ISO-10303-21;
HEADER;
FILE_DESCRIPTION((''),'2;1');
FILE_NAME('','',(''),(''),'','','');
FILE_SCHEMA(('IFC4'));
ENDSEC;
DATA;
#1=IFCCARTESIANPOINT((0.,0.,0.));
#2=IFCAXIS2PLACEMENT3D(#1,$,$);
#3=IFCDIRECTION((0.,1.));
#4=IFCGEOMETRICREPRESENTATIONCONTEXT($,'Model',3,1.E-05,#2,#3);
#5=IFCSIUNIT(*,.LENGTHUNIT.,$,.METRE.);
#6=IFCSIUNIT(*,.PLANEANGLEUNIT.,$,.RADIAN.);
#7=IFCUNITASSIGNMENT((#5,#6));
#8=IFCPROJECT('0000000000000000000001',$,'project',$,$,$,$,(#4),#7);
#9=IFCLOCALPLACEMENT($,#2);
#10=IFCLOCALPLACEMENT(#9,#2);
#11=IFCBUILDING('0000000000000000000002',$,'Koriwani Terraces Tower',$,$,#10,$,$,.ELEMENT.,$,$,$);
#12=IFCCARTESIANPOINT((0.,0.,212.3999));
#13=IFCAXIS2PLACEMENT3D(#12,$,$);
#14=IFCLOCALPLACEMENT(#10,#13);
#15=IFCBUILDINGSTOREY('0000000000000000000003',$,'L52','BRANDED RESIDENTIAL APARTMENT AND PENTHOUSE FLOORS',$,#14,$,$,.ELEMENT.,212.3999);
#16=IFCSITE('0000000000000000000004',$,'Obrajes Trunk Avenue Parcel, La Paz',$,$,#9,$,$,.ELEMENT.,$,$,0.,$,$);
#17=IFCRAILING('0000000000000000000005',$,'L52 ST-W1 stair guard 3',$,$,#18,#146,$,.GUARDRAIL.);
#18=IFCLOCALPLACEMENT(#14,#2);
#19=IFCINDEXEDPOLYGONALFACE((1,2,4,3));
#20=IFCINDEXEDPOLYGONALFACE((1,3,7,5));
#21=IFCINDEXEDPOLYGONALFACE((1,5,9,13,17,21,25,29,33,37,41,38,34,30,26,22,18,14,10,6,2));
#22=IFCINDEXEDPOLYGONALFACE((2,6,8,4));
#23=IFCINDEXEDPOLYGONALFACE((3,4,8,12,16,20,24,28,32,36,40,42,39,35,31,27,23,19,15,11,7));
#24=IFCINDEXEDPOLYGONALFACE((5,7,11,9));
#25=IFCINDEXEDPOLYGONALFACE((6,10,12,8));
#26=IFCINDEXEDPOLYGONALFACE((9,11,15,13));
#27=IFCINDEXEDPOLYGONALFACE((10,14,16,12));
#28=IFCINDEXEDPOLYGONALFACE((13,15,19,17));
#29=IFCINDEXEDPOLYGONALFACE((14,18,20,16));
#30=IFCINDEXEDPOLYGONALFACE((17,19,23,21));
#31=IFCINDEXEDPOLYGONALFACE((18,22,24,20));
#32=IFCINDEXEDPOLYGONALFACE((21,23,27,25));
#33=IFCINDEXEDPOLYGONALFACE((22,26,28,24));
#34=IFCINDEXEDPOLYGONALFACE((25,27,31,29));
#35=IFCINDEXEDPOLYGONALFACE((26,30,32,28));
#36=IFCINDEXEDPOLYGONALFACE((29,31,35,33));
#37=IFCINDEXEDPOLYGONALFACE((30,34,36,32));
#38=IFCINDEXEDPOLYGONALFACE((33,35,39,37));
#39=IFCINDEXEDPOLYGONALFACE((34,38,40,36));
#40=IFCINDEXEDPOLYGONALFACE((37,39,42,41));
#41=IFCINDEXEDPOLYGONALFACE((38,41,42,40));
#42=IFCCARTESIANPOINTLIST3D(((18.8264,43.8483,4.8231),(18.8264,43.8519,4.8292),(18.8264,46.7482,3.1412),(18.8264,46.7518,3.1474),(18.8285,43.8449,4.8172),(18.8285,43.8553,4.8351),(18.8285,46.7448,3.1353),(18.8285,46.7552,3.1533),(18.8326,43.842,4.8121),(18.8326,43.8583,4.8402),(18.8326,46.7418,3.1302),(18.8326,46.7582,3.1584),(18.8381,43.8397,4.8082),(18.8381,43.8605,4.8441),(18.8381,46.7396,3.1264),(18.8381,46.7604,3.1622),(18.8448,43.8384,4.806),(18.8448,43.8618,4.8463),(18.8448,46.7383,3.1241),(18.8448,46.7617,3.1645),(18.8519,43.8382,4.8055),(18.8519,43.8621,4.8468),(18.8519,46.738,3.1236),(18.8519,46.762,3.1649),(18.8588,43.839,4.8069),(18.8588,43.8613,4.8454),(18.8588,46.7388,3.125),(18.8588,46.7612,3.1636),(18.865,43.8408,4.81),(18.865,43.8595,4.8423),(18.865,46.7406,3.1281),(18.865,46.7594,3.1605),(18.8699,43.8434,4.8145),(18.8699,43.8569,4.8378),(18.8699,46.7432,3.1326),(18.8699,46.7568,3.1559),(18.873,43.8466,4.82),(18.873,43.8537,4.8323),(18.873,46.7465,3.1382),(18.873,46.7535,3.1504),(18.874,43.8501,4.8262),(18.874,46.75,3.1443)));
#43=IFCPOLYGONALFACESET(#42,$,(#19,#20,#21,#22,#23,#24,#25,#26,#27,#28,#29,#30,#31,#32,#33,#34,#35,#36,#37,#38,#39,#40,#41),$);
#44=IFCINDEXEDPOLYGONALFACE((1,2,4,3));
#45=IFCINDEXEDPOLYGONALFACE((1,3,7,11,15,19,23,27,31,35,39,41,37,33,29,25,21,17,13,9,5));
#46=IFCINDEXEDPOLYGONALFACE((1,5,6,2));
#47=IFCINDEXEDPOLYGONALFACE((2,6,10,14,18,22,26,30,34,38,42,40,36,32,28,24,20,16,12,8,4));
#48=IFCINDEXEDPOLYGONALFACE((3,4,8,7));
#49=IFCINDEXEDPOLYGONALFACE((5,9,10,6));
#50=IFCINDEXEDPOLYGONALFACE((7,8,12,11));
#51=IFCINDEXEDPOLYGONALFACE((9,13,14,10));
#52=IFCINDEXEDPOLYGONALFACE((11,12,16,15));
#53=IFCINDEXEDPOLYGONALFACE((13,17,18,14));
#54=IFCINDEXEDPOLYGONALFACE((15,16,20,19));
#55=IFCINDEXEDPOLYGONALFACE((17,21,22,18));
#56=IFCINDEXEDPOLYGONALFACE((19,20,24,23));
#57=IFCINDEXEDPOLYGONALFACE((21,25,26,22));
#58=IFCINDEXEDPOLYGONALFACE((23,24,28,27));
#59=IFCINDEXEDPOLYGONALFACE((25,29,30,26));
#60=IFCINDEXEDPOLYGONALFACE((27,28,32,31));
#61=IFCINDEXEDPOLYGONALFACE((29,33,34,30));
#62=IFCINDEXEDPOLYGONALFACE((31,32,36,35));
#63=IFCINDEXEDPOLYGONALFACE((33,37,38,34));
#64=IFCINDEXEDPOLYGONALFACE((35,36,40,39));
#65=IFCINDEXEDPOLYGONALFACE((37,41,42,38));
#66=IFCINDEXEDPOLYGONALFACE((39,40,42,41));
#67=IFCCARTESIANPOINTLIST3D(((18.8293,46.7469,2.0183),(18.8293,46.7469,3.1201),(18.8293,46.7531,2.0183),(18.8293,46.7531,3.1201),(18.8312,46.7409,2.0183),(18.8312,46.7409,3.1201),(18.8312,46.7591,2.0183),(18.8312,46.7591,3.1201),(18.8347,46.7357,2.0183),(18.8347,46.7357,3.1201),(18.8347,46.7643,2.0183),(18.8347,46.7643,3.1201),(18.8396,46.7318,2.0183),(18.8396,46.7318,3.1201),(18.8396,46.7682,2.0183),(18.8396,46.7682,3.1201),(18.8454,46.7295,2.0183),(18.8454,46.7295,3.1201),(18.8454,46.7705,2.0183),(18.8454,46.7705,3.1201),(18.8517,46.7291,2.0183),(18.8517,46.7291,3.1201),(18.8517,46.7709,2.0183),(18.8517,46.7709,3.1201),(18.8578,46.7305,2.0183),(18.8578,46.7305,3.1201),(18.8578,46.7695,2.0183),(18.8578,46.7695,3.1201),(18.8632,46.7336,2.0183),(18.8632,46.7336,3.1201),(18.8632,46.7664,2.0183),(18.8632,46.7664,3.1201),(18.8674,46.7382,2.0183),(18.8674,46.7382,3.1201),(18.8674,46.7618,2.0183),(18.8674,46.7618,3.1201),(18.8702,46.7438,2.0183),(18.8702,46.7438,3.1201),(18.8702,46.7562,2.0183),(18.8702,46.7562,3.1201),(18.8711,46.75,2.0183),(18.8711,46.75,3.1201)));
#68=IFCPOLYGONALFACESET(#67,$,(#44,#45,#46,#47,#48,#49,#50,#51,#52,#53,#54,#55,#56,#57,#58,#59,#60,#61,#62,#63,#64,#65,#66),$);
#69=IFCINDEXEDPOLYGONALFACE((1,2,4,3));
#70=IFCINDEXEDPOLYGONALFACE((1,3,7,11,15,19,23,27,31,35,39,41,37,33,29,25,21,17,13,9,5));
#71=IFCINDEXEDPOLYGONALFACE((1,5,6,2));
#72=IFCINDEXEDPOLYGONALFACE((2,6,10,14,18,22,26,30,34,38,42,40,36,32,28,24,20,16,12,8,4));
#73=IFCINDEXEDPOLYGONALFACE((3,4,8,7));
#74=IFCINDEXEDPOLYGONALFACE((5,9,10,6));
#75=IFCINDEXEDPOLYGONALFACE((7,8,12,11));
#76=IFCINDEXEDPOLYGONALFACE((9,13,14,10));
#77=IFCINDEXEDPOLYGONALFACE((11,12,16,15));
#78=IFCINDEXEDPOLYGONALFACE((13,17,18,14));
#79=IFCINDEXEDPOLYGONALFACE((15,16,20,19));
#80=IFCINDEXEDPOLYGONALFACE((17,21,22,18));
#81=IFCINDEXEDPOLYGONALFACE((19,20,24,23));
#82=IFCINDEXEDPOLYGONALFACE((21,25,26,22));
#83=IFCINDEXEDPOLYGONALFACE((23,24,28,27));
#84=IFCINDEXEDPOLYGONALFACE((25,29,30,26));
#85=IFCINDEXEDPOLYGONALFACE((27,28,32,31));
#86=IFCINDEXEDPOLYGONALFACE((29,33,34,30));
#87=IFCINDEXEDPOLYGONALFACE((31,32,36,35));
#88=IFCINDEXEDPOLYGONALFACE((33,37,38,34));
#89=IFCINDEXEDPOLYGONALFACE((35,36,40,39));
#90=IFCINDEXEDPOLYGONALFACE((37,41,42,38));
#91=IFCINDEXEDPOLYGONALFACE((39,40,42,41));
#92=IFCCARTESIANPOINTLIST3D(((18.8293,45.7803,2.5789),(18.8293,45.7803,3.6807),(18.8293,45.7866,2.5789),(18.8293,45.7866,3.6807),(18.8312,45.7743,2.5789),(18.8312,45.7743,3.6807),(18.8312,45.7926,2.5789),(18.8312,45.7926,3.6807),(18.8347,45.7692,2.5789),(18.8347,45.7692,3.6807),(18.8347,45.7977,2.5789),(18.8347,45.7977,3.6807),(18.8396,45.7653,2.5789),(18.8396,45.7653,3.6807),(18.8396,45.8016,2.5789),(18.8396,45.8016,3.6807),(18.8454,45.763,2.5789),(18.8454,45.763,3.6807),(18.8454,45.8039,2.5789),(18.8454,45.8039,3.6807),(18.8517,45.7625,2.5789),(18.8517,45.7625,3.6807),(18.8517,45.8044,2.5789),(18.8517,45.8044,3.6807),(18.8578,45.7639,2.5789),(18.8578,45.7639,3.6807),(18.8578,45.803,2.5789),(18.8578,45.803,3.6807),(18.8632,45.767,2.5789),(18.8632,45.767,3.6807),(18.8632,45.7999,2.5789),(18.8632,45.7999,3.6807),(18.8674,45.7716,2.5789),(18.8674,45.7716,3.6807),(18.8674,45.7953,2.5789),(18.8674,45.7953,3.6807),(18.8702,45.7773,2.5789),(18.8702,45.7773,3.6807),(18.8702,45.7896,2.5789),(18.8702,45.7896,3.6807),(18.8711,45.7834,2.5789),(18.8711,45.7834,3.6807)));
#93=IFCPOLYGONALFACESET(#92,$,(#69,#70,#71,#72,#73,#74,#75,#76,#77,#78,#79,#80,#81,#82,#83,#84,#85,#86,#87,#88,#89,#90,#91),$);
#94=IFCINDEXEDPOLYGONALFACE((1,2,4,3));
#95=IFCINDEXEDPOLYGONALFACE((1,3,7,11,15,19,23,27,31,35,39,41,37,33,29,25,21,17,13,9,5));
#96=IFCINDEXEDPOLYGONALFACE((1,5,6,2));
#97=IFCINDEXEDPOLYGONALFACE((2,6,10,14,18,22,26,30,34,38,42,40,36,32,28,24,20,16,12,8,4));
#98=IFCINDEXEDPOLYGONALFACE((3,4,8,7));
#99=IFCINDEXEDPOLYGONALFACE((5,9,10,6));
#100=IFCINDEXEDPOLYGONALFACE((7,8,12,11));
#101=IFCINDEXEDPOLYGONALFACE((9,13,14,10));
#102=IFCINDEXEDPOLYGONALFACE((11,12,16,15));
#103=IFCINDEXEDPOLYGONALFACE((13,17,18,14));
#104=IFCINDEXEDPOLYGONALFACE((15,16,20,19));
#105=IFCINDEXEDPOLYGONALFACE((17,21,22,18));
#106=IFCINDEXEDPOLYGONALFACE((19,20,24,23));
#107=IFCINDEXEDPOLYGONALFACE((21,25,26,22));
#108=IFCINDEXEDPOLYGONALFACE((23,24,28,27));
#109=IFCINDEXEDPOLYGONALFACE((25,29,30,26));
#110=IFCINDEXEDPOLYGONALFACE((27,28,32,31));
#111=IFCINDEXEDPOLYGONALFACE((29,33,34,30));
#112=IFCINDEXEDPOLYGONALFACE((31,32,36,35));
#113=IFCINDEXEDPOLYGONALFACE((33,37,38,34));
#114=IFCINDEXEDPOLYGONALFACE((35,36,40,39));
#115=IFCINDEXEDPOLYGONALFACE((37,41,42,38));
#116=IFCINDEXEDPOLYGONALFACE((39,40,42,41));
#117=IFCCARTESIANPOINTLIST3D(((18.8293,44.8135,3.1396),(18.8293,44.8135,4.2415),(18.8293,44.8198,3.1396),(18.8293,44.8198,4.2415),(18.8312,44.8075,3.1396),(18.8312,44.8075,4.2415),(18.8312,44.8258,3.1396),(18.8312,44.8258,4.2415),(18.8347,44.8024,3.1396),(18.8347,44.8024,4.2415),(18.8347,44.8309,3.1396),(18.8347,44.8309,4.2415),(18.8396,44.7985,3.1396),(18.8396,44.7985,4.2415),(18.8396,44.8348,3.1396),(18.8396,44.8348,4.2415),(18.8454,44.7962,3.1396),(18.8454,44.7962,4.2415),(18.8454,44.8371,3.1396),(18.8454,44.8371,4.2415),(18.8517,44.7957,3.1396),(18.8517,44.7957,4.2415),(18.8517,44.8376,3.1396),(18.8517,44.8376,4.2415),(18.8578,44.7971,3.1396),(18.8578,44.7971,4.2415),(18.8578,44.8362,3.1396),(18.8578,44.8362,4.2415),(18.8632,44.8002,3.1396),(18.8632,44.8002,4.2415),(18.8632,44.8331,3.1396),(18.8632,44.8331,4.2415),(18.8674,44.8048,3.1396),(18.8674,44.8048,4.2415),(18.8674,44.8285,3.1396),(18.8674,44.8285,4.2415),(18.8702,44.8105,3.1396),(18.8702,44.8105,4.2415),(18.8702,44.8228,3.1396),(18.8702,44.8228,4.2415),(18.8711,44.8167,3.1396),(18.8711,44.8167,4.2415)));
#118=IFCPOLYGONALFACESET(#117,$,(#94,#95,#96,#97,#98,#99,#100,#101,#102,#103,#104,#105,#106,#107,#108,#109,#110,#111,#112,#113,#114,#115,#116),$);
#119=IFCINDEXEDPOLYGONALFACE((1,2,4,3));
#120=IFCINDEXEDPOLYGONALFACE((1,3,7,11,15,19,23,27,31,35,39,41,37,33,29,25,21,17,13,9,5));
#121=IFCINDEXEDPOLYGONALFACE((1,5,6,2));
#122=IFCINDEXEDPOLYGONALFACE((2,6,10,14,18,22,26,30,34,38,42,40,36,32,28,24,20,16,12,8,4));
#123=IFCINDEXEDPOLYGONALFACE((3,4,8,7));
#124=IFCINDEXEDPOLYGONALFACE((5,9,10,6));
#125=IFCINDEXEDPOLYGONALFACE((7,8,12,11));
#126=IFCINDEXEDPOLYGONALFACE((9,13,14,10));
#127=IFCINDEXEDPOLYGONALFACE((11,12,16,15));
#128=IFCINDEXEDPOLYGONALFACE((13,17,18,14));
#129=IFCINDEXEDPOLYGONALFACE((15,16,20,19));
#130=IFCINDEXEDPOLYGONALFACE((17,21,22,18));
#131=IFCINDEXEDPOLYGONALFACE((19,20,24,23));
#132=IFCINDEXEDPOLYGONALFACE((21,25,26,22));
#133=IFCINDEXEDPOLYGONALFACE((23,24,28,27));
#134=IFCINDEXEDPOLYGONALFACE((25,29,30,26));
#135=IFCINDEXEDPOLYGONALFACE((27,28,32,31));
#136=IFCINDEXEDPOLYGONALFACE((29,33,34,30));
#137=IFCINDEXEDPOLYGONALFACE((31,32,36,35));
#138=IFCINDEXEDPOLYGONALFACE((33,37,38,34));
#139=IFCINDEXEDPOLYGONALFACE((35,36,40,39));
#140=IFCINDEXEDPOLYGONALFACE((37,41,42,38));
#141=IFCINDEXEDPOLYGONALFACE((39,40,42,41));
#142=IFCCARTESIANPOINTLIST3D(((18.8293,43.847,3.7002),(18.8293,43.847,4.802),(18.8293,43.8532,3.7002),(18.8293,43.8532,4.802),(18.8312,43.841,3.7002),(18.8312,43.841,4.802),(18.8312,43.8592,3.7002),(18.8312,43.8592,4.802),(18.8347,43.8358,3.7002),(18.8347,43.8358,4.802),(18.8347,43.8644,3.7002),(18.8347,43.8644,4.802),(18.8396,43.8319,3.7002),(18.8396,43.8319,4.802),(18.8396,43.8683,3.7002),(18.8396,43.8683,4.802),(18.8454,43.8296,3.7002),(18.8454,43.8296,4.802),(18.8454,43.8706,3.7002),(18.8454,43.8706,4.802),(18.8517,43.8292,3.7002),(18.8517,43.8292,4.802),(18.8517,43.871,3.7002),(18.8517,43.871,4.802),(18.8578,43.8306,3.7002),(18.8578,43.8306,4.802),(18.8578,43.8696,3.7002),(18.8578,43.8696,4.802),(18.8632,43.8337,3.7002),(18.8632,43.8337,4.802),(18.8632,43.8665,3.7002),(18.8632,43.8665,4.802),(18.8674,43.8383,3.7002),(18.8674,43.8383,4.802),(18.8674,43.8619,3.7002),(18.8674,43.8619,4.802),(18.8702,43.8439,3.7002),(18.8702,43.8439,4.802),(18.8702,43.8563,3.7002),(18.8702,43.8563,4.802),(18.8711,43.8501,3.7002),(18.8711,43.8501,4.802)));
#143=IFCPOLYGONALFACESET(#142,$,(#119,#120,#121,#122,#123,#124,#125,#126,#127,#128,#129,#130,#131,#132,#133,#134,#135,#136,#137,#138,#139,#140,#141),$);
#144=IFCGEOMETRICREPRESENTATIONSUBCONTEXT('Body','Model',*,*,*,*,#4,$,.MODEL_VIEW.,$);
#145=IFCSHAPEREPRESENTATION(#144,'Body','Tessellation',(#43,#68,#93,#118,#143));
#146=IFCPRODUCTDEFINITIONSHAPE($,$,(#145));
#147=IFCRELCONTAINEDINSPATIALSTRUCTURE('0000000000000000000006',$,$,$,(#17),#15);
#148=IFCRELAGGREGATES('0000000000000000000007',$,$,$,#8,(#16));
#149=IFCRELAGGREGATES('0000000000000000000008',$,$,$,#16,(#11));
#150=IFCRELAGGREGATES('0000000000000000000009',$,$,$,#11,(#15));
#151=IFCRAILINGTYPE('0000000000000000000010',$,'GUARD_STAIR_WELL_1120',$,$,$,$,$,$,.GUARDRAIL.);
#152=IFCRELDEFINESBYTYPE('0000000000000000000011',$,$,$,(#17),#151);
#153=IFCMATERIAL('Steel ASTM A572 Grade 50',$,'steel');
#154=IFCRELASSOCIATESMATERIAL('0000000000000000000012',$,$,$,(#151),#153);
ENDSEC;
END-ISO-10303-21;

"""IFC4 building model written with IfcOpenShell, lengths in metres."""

from ifc_helpers import new_model, si_unit, direction, frame, origin, origin_2d, place, context, subcontext, project, spatial, circle, extrude, material, type_object, element, save


model = new_model("IFC4")

# Units and contexts
model_context = context("Model", 3, precision=1e-05, world=origin(), true_north=direction((0.0, 1.0)))
body_context = subcontext(model_context, "Body", "Model", "MODEL_VIEW")
ifc_project = project(units=[si_unit("LENGTHUNIT", "METRE"), si_unit("PLANEANGLEUNIT", "RADIAN")], contexts=[model_context])

# Site, building, storey
site_placement = place(None, origin())
site = spatial("IfcSite", under=ifc_project, at=site_placement, Name="Obrajes Trunk Avenue Parcel, La Paz", CompositionType="ELEMENT", RefElevation=0.0)
building_placement = place(site_placement, origin())
building = spatial("IfcBuilding", under=site, at=building_placement, Name="Koriwani Terraces Tower", CompositionType="ELEMENT")
storey_placement = place(building_placement, frame((0.0, 0.0, 212.3999)))
storey = spatial("IfcBuildingStorey", under=building, at=storey_placement, Name="L52", Description="BRANDED RESIDENTIAL APARTMENT AND PENTHOUSE FLOORS", CompositionType="ELEMENT", Elevation=212.3999)

# Shared definitions
ifc_material_1 = material(Name="Steel ASTM A572 Grade 50", Category="steel")

# Railing
railing_type_1 = type_object("IfcRailingType", Name="GUARD_STAIR_WELL_1120", PredefinedType="GUARDRAIL", material=ifc_material_1)
railing_1_placement = place(storey_placement, frame((18.8501, 46.75, 2.0183)))
element("IfcRailing", 1, at=railing_1_placement, inside=storey, type_object=railing_type_1, Name="L52 ST-W1 stair guard 3", PredefinedType="GUARDRAIL", context=body_context, shape_type="SweptSolid", body=[
    extrude(circle(Radius=0.0239, at=origin_2d()), frame((0.0, 0.0, 1.126), z_axis=(0.0, -0.865039, 0.501705), x_axis=(1.0, 0.0, 0.0)), (0.0, 0.0, 1.0), 3.3523),
    extrude(circle(Radius=0.021, at=origin_2d()), origin(), (0.0, 0.0, 1.0), 1.1018),
    extrude(circle(Radius=0.021, at=origin_2d()), frame((0.0, -0.9666, 0.5605)), (0.0, 0.0, 1.0), 1.1018),
    extrude(circle(Radius=0.021, at=origin_2d()), frame((0.0, -1.9333, 1.1213)), (0.0, 0.0, 1.0), 1.1018),
    extrude(circle(Radius=0.021, at=origin_2d()), frame((0.0, -2.8999, 1.6819)), (0.0, 0.0, 1.0), 1.1018),
])

save(model, "model.ifc")
